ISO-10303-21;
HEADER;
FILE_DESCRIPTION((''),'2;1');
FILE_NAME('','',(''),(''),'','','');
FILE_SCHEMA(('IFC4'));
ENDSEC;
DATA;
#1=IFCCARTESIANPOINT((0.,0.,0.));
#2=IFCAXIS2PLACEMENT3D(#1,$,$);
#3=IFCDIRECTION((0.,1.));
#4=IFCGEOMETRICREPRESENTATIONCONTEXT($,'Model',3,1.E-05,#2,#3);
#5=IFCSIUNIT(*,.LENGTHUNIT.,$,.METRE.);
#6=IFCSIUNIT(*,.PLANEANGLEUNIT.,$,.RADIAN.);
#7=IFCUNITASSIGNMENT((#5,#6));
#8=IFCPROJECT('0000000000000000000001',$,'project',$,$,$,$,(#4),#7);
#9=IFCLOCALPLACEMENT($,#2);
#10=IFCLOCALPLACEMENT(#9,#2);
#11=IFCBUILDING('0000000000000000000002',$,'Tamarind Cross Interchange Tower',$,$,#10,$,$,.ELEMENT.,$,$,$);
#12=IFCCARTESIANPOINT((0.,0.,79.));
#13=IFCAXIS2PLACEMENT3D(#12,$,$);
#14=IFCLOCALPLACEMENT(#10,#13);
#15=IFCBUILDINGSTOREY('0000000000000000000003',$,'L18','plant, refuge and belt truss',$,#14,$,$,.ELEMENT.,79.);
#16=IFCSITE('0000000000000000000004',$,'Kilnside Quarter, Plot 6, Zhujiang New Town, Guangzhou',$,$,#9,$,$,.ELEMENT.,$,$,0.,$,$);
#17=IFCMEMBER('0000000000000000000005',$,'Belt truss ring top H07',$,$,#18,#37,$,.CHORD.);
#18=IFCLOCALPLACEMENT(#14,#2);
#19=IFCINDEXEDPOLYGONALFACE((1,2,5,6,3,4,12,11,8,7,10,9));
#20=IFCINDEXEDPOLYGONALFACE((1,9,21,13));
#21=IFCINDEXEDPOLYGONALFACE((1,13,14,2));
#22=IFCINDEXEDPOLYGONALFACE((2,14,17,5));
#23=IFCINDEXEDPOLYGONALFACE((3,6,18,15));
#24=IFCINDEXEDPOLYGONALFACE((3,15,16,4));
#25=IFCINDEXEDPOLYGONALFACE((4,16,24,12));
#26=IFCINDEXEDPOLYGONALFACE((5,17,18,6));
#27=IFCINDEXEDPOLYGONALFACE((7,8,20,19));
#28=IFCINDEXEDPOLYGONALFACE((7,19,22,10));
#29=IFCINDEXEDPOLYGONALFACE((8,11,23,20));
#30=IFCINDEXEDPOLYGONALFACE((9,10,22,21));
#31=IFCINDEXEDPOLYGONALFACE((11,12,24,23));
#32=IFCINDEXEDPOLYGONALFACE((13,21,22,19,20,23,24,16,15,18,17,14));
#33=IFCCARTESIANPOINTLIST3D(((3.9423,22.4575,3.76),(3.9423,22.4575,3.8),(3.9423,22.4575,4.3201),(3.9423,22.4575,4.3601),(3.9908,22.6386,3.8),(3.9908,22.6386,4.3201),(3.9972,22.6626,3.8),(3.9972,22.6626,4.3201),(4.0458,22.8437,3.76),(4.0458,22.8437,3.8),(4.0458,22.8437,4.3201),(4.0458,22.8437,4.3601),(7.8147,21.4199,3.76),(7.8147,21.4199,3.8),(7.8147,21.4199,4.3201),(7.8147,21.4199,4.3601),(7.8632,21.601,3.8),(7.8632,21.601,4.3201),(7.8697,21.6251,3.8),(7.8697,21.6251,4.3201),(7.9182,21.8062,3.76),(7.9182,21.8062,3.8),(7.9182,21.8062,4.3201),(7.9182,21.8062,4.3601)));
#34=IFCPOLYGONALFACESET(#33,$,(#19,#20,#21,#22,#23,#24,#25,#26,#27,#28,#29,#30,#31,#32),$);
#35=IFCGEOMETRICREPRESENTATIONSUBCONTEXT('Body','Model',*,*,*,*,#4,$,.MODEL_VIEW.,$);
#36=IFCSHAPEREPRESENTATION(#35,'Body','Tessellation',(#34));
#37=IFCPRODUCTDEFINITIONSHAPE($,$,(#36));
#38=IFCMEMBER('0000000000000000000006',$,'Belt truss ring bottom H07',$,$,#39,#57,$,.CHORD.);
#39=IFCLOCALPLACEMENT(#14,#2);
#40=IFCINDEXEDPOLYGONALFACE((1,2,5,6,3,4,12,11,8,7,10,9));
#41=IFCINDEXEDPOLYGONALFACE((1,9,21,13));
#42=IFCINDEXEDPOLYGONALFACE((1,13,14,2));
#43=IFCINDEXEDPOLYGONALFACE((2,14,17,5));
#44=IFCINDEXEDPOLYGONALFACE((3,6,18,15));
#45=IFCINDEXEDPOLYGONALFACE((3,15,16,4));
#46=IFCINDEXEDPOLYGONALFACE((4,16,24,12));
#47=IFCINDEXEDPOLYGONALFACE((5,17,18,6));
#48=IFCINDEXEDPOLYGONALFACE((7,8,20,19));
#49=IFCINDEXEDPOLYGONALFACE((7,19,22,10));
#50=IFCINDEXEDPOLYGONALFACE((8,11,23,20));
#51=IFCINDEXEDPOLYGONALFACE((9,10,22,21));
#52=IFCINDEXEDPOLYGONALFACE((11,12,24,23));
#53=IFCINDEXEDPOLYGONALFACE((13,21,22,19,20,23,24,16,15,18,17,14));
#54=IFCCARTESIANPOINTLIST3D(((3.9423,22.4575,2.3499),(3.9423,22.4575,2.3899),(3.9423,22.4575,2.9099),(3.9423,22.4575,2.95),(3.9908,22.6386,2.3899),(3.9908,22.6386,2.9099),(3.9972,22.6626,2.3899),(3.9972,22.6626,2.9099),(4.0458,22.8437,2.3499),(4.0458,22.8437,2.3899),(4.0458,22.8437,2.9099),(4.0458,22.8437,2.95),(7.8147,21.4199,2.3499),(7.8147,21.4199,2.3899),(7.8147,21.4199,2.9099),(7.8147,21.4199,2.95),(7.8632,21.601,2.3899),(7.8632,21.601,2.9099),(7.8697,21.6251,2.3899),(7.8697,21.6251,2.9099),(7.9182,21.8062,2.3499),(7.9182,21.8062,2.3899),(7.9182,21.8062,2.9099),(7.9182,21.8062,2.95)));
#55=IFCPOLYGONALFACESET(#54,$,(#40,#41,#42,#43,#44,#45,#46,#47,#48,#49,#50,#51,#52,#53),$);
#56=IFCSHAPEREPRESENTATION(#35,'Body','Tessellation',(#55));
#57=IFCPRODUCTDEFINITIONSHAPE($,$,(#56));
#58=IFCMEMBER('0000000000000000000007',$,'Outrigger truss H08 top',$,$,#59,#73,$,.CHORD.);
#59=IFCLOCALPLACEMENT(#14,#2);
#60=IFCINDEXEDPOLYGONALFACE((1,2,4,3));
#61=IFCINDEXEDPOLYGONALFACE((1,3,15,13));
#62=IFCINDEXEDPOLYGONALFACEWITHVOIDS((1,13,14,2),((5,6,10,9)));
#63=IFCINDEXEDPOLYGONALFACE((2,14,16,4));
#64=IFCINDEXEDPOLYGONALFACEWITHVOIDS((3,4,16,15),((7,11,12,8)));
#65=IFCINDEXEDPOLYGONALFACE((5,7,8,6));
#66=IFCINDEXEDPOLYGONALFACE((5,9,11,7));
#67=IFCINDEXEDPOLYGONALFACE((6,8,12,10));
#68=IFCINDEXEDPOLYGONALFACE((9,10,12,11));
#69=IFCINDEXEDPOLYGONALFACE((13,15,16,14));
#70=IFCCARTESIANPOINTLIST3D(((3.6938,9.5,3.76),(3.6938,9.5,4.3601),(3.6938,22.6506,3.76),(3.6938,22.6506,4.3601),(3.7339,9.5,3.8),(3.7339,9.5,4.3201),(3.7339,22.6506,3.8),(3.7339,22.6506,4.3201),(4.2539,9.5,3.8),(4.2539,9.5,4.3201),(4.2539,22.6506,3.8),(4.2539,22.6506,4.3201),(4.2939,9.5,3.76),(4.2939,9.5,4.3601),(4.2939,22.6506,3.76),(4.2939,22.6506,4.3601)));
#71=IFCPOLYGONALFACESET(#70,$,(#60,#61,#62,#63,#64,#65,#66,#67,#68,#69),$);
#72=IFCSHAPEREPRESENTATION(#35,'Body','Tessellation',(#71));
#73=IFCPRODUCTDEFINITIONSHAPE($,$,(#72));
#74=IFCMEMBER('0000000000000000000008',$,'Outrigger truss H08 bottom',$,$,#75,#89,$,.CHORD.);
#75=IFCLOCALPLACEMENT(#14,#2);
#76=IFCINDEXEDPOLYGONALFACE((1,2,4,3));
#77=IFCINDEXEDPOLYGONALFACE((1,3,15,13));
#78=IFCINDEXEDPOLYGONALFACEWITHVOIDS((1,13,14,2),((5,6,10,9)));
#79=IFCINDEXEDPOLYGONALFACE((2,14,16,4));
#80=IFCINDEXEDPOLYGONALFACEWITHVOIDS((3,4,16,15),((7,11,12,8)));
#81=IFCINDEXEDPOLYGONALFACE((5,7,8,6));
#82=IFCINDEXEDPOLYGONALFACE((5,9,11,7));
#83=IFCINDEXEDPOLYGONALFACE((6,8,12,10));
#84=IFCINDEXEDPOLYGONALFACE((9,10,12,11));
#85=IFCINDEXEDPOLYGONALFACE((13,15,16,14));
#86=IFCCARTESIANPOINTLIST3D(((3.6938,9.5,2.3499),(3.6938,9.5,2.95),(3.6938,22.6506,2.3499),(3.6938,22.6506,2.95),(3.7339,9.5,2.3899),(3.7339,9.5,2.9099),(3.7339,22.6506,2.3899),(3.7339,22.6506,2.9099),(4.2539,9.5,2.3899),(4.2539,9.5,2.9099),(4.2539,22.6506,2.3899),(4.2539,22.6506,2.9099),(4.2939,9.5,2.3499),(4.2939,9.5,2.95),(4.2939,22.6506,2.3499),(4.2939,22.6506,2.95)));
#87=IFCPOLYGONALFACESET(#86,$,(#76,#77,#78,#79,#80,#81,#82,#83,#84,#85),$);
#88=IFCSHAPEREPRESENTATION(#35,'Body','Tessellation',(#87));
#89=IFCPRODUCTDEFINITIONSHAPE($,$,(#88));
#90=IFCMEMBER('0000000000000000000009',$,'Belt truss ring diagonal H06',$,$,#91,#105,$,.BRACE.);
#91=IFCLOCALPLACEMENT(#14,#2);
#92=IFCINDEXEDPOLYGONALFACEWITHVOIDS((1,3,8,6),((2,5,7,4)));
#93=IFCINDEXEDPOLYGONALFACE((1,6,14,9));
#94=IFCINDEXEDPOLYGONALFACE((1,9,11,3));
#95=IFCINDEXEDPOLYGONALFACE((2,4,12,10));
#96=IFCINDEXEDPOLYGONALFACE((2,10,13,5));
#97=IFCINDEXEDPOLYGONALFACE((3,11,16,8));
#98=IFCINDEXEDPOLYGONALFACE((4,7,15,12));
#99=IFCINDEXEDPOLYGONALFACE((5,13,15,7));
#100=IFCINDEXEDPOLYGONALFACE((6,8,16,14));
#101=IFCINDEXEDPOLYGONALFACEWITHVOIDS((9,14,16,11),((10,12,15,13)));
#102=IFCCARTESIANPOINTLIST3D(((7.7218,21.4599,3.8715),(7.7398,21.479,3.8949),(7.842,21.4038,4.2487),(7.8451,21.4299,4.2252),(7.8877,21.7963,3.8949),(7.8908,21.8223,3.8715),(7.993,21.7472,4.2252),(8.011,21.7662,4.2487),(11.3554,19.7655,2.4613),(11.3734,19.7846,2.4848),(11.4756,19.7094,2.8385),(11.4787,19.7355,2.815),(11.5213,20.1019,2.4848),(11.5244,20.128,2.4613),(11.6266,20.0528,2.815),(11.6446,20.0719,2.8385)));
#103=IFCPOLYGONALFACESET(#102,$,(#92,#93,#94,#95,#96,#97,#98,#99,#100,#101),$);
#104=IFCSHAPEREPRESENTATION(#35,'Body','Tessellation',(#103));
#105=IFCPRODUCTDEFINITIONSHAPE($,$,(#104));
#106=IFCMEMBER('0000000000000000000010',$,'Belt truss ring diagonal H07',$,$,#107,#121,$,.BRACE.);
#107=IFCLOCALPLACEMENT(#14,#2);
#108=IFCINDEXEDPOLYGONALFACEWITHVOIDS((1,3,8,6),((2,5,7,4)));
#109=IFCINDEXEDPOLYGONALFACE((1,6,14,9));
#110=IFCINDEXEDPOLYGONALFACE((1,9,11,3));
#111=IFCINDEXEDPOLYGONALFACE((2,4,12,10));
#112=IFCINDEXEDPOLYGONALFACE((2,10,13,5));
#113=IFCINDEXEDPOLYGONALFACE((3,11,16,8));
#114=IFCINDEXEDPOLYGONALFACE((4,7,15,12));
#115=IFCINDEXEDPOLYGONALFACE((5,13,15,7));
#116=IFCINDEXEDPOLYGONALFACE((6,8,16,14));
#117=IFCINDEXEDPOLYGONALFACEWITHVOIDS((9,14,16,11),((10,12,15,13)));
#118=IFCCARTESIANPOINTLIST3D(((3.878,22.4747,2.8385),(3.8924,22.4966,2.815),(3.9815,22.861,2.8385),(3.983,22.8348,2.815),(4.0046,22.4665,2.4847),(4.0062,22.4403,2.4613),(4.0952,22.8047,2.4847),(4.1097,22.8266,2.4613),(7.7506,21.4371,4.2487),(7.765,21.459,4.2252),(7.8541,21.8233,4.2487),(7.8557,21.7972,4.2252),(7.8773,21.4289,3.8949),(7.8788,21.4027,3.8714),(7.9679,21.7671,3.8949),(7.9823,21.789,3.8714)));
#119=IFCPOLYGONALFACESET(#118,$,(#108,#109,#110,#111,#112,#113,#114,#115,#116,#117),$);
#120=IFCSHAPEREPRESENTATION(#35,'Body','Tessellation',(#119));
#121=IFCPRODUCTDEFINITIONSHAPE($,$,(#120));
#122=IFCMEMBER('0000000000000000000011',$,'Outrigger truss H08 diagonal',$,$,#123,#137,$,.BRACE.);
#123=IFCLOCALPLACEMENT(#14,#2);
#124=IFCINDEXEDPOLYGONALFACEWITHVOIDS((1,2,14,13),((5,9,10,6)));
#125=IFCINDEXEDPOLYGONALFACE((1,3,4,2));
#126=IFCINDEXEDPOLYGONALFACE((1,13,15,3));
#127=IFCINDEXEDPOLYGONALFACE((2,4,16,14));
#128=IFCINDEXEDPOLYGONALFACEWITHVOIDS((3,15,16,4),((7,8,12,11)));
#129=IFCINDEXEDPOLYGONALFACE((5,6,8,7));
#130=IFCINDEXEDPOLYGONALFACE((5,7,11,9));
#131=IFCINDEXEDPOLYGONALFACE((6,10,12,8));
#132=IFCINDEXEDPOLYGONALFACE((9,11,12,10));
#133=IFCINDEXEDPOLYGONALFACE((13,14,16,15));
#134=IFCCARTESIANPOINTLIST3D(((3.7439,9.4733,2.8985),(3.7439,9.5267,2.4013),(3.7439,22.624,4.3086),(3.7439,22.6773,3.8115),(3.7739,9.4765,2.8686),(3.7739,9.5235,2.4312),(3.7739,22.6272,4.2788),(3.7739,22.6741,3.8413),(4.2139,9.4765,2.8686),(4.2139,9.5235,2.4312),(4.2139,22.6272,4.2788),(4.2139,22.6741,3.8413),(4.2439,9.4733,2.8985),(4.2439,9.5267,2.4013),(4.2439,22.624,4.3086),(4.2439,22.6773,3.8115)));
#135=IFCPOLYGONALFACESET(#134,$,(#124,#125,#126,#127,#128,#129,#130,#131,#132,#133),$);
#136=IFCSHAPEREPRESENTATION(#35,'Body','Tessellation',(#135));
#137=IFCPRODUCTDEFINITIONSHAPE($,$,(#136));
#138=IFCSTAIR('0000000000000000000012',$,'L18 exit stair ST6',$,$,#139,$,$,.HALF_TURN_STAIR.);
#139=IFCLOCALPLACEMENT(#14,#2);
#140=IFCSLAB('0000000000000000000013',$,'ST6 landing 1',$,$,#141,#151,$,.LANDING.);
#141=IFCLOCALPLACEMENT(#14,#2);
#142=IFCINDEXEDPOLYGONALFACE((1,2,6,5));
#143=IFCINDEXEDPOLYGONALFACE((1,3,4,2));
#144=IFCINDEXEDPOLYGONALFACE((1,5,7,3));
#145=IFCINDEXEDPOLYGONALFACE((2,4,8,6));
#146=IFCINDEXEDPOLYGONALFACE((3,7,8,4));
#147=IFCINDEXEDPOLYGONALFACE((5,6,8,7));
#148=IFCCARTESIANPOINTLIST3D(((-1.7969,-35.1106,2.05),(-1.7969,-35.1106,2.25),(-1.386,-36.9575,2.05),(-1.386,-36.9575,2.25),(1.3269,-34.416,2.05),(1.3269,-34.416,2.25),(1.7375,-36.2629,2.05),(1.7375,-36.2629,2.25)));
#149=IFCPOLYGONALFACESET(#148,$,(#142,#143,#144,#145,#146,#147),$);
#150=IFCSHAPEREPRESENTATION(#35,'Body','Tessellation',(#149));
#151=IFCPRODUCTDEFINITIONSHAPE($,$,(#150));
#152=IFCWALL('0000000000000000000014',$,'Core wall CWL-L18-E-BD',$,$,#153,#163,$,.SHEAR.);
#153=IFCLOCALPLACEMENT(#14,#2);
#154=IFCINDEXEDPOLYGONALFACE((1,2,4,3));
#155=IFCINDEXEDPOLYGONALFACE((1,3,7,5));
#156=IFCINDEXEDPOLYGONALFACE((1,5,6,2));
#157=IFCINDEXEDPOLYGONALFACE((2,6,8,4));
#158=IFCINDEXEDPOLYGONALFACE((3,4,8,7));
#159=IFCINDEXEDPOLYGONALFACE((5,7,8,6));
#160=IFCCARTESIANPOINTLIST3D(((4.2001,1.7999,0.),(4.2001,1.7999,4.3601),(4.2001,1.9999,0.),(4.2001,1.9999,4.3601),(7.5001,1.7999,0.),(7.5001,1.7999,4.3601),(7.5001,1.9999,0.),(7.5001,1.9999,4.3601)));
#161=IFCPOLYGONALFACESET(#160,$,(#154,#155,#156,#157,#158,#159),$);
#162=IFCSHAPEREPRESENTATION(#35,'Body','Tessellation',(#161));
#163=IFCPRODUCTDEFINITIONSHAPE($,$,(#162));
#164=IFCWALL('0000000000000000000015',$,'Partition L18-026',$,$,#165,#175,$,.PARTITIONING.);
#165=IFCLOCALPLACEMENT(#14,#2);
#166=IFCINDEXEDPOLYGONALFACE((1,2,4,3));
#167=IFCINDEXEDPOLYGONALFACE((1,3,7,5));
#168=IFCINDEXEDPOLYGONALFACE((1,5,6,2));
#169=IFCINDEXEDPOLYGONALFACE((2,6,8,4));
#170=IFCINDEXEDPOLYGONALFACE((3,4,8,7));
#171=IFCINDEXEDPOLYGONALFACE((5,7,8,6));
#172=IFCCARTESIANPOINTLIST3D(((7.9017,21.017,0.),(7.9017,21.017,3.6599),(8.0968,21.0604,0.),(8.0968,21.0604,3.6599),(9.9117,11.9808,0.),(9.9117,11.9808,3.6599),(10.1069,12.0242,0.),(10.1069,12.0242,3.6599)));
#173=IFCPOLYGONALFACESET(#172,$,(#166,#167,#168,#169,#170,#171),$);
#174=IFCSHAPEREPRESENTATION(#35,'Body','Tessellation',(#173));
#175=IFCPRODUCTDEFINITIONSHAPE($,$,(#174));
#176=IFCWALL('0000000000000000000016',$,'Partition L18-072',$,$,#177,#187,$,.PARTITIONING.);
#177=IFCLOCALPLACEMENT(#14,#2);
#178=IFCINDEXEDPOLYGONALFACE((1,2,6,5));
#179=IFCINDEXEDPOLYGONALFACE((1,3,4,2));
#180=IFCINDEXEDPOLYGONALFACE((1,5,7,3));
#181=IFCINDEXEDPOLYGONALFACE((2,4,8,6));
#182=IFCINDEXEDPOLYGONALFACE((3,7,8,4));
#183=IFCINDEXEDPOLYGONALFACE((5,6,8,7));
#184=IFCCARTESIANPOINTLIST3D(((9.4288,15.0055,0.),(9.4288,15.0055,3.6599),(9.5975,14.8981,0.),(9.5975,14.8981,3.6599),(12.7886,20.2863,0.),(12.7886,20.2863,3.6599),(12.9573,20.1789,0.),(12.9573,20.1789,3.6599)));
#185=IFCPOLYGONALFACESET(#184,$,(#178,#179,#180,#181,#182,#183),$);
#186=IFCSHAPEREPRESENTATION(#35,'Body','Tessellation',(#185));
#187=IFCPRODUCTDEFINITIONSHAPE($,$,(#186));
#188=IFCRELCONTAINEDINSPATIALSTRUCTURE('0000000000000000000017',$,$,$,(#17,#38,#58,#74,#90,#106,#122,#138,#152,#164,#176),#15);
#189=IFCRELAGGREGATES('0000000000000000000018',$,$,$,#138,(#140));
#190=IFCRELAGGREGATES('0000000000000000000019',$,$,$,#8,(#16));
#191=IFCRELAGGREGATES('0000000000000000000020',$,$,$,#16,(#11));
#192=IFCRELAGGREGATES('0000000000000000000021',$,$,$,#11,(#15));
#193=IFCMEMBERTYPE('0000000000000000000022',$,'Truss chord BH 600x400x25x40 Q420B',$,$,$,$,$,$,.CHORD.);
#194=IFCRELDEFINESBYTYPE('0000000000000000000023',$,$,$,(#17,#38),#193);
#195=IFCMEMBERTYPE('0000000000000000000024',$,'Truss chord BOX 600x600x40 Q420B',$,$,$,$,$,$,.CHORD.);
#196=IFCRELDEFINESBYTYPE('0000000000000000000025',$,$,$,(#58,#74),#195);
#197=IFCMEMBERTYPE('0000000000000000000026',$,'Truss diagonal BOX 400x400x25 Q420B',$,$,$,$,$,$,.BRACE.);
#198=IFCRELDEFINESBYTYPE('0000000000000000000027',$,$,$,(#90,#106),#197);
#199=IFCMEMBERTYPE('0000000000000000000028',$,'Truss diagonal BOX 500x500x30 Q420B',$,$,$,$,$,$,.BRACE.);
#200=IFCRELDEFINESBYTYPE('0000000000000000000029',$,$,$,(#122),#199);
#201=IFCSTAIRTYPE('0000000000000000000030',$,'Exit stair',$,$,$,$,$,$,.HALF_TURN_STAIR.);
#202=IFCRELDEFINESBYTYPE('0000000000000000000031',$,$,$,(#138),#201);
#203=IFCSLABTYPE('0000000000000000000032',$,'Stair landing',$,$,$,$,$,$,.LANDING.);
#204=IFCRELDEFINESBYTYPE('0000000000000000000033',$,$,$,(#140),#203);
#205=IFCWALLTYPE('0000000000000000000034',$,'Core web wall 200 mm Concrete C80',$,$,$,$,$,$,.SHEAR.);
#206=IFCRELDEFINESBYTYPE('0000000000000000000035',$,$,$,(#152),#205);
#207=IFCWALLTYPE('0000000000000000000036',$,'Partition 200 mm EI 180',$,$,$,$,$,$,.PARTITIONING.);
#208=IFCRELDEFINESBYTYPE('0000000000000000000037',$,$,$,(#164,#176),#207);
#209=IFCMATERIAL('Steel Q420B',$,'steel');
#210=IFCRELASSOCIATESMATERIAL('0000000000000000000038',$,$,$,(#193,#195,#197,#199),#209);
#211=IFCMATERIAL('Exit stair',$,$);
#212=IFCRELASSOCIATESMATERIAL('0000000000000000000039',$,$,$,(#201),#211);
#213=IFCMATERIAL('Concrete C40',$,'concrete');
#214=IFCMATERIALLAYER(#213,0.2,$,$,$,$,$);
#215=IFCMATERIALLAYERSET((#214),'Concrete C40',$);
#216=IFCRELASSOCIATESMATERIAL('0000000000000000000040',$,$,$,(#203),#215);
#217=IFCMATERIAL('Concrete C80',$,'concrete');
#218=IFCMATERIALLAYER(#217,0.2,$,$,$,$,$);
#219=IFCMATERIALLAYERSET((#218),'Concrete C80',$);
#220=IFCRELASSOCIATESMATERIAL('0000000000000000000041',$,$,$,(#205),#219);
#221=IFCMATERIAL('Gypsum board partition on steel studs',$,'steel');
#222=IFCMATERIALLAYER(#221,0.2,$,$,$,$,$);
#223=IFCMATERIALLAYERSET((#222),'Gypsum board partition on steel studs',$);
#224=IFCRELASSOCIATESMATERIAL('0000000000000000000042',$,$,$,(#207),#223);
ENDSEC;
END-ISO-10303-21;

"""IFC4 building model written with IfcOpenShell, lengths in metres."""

from ifc_helpers import new_model, si_unit, direction, frame, frame_2d, origin, origin_2d, place, context, subcontext, project, spatial, polyline, rectangle, hollow_rectangle, i_section, outline, extrude, material, layer, layer_set, material_profile, profile_set, type_object, element, aggregate, save


model = new_model("IFC4")

# Units and contexts
model_context = context("Model", 3, precision=1e-05, world=origin(), true_north=direction((0.0, 1.0)))
body_context = subcontext(model_context, "Body", "Model", "MODEL_VIEW")
ifc_project = project(units=[si_unit("LENGTHUNIT", "METRE"), si_unit("PLANEANGLEUNIT", "RADIAN")], contexts=[model_context])

# Site, building, storey
site_placement = place(None, origin())
site = spatial("IfcSite", under=ifc_project, at=site_placement, Name="Kilnside Quarter, Plot 6, Zhujiang New Town, Guangzhou", CompositionType="ELEMENT", RefElevation=0.0)
building_placement = place(site_placement, origin())
building = spatial("IfcBuilding", under=site, at=building_placement, Name="Tamarind Cross Interchange Tower", CompositionType="ELEMENT")
storey_placement = place(building_placement, frame((0.0, 0.0, 79.0)))
storey = spatial("IfcBuildingStorey", under=building, at=storey_placement, Name="L18", Description="plant, refuge and belt truss", CompositionType="ELEMENT", Elevation=79.0)

# Members
ifc_material_1 = material(Name="Steel Q420B", Category="steel")
ifc_material_profile_1 = material_profile(ifc_material_1, i_section(OverallWidth=0.3999, OverallDepth=0.6001, WebThickness=0.0249, FlangeThickness=0.04, at=origin_2d()), Name="BH 600x400x25x40")
ifc_profile_set_1 = profile_set([ifc_material_profile_1], Name="Steel Q420B")
member_type_1 = type_object("IfcMemberType", Name="Truss chord BH 600x400x25x40 Q420B", PredefinedType="CHORD", material=ifc_profile_set_1)
for number, where, z_axis, x_axis, name in (
    (1, (7.8665, 21.613, 4.0601), (-0.965929, 0.258807, 0.0), (-0.258807, -0.965929, 0.0), "Belt truss ring top H07"),
    (2, (7.8665, 21.613, 2.6499), (-0.965929, 0.258807, 0.0), (-0.258807, -0.965929, 0.0), "Belt truss ring bottom H07"),
):
    element("IfcMember", number, at=place(storey_placement, frame(where, z_axis=z_axis, x_axis=x_axis)), inside=storey, type_object=member_type_1, Name=name, PredefinedType="CHORD", context=body_context, shape_type="SweptSolid", body=[
        extrude(i_section(OverallWidth=0.3999, OverallDepth=0.6001, WebThickness=0.0249, FlangeThickness=0.04, at=origin_2d()), origin(), (0.0, 0.0, 1.0), 4.009),
    ])
ifc_material_profile_2 = material_profile(ifc_material_1, hollow_rectangle(XDim=0.6001, YDim=0.6001, WallThickness=0.04, at=origin_2d()), Name="BOX 600x600x40")
ifc_profile_set_2 = profile_set([ifc_material_profile_2], Name="Steel Q420B")
member_type_2 = type_object("IfcMemberType", Name="Truss chord BOX 600x600x40 Q420B", PredefinedType="CHORD", material=ifc_profile_set_2)
for number, where, z_axis, x_axis, name in (
    (3, (3.9939, 9.5, 4.0601), (0.0, 1.0, 0.0), (-1.0, 0.0, 0.0), "Outrigger truss H08 top"),
    (4, (3.9939, 9.5, 2.6499), (0.0, 1.0, 0.0), (-1.0, 0.0, 0.0), "Outrigger truss H08 bottom"),
):
    element("IfcMember", number, at=place(storey_placement, frame(where, z_axis=z_axis, x_axis=x_axis)), inside=storey, type_object=member_type_2, Name=name, PredefinedType="CHORD", context=body_context, shape_type="SweptSolid", body=[
        extrude(hollow_rectangle(XDim=0.6001, YDim=0.6001, WallThickness=0.04, at=origin_2d()), origin(), (0.0, 0.0, 1.0), 13.1506),
    ])
ifc_material_profile_3 = material_profile(ifc_material_1, hollow_rectangle(XDim=0.3999, YDim=0.3999, WallThickness=0.0249, at=origin_2d()), Name="BOX 400x400x25")
ifc_profile_set_3 = profile_set([ifc_material_profile_3], Name="Steel Q420B")
member_type_3 = type_object("IfcMemberType", Name="Truss diagonal BOX 400x400x25 Q420B", PredefinedType="BRACE", material=ifc_profile_set_3)
for number, where, z_axis, x_axis, name in (
    (5, (11.5, 19.9187, 2.6499), (-0.854964, 0.398673, 0.331806), (-0.422615, -0.906309, 0.0), "Belt truss ring diagonal H06"),
    (6, (7.8665, 21.613, 4.0601), (-0.911206, 0.244145, -0.331807), (-0.258807, -0.965929, 0.0), "Belt truss ring diagonal H07"),
):
    element("IfcMember", number, at=place(storey_placement, frame(where, z_axis=z_axis, x_axis=x_axis)), inside=storey, type_object=member_type_3, Name=name, PredefinedType="BRACE", context=body_context, shape_type="SweptSolid", body=[
        extrude(hollow_rectangle(XDim=0.3999, YDim=0.3999, WallThickness=0.0249, at=origin_2d()), origin(), (0.0, 0.0, 1.0), 4.25),
    ])
ifc_material_profile_4 = material_profile(ifc_material_1, hollow_rectangle(XDim=0.5, YDim=0.5, WallThickness=0.03, at=origin_2d()), Name="BOX 500x500x30")
ifc_profile_set_4 = profile_set([ifc_material_profile_4], Name="Steel Q420B")
member_type_4 = type_object("IfcMemberType", Name="Truss diagonal BOX 500x500x30 Q420B", PredefinedType="BRACE", material=ifc_profile_set_4)
member_placement = place(storey_placement, frame((3.9939, 9.5, 2.6499), z_axis=(0.0, 0.9943, 0.10662), x_axis=(-1.0, 0.0, 0.0)))
element("IfcMember", 7, at=member_placement, inside=storey, type_object=member_type_4, Name="Outrigger truss H08 diagonal", PredefinedType="BRACE", context=body_context, shape_type="SweptSolid", body=[
    extrude(hollow_rectangle(XDim=0.5, YDim=0.5, WallThickness=0.03, at=origin_2d()), origin(), (0.0, 0.0, 1.0), 13.2261),
])

# Stair, slab
ifc_material_2 = material(Name="Exit stair")
stair_type = type_object("IfcStairType", Name="Exit stair", PredefinedType="HALF_TURN_STAIR", material=ifc_material_2)
stair_placement = place(storey_placement, origin())
stair = element("IfcStair", 8, at=stair_placement, inside=storey, type_object=stair_type, Name="L18 exit stair ST6", PredefinedType="HALF_TURN_STAIR")
ifc_material_3 = material(Name="Concrete C40", Category="concrete")
ifc_layer_1 = layer(ifc_material_3, 0.2)
ifc_layer_set_1 = layer_set([ifc_layer_1], Name="Concrete C40")
slab_type = type_object("IfcSlabType", Name="Stair landing", PredefinedType="LANDING", material=ifc_layer_set_1)
slab_placement = place(storey_placement, frame((0.0, 0.0, 2.05)))
slab = element("IfcSlab", 9, at=slab_placement, type_object=slab_type, Name="ST6 landing 1", PredefinedType="LANDING", context=body_context, shape_type="SweptSolid", body=[
    extrude(outline(polyline([(-1.7969, -35.1106), (-1.386, -36.9575), (1.7375, -36.2629), (1.3269, -34.416), (-1.7969, -35.1106)])), origin(), (0.0, 0.0, 1.0), 0.2),
])
aggregate(stair, [slab])

# Walls
ifc_material_4 = material(Name="Concrete C80", Category="concrete")
ifc_layer_2 = layer(ifc_material_4, 0.2)
ifc_layer_set_2 = layer_set([ifc_layer_2], Name="Concrete C80")
wall_type_1 = type_object("IfcWallType", Name="Core web wall 200 mm Concrete C80", PredefinedType="SHEAR", material=ifc_layer_set_2)
wall_1_placement = place(storey_placement, frame((7.5, 1.8999, 0.0), z_axis=(0.0, 0.0, 1.0), x_axis=(-1.0, 0.0, 0.0)))
element("IfcWall", 10, at=wall_1_placement, inside=storey, type_object=wall_type_1, Name="Core wall CWL-L18-E-BD", PredefinedType="SHEAR", context=body_context, shape_type="SweptSolid", body=[
    extrude(rectangle(XDim=3.3, YDim=0.2, at=frame_2d((1.6499, 0.0))), origin(), (0.0, 0.0, 1.0), 4.3601),
])
ifc_material_5 = material(Name="Gypsum board partition on steel studs", Category="steel")
ifc_layer_3 = layer(ifc_material_5, 0.2)
ifc_layer_set_3 = layer_set([ifc_layer_3], Name="Gypsum board partition on steel studs")
wall_type_2 = type_object("IfcWallType", Name="Partition 200 mm EI 180", PredefinedType="PARTITIONING", material=ifc_layer_set_3)
wall_2_placement = place(storey_placement, frame((7.9993, 21.0386, 0.0), z_axis=(0.0, 0.0, 1.0), x_axis=(0.217134, -0.976142, 0.0)))
element("IfcWall", 11, at=wall_2_placement, inside=storey, type_object=wall_type_2, Name="Partition L18-026", PredefinedType="PARTITIONING", context=body_context, shape_type="SweptSolid", body=[
    extrude(rectangle(XDim=9.2571, YDim=0.2, at=frame_2d((4.6284, 0.0))), origin(), (0.0, 0.0, 1.0), 3.6599),
])
wall_3_placement = place(storey_placement, frame((9.5132, 14.9519, 0.0), z_axis=(0.0, 0.0, 1.0), x_axis=(0.536805, 0.843706, 0.0)))
element("IfcWall", 12, at=wall_3_placement, inside=storey, type_object=wall_type_2, Name="Partition L18-072", PredefinedType="PARTITIONING", context=body_context, shape_type="SweptSolid", body=[
    extrude(rectangle(XDim=6.259, YDim=0.2, at=frame_2d((3.1294, 0.0))), origin(), (0.0, 0.0, 1.0), 3.6599),
])

save(model, "model.ifc")
